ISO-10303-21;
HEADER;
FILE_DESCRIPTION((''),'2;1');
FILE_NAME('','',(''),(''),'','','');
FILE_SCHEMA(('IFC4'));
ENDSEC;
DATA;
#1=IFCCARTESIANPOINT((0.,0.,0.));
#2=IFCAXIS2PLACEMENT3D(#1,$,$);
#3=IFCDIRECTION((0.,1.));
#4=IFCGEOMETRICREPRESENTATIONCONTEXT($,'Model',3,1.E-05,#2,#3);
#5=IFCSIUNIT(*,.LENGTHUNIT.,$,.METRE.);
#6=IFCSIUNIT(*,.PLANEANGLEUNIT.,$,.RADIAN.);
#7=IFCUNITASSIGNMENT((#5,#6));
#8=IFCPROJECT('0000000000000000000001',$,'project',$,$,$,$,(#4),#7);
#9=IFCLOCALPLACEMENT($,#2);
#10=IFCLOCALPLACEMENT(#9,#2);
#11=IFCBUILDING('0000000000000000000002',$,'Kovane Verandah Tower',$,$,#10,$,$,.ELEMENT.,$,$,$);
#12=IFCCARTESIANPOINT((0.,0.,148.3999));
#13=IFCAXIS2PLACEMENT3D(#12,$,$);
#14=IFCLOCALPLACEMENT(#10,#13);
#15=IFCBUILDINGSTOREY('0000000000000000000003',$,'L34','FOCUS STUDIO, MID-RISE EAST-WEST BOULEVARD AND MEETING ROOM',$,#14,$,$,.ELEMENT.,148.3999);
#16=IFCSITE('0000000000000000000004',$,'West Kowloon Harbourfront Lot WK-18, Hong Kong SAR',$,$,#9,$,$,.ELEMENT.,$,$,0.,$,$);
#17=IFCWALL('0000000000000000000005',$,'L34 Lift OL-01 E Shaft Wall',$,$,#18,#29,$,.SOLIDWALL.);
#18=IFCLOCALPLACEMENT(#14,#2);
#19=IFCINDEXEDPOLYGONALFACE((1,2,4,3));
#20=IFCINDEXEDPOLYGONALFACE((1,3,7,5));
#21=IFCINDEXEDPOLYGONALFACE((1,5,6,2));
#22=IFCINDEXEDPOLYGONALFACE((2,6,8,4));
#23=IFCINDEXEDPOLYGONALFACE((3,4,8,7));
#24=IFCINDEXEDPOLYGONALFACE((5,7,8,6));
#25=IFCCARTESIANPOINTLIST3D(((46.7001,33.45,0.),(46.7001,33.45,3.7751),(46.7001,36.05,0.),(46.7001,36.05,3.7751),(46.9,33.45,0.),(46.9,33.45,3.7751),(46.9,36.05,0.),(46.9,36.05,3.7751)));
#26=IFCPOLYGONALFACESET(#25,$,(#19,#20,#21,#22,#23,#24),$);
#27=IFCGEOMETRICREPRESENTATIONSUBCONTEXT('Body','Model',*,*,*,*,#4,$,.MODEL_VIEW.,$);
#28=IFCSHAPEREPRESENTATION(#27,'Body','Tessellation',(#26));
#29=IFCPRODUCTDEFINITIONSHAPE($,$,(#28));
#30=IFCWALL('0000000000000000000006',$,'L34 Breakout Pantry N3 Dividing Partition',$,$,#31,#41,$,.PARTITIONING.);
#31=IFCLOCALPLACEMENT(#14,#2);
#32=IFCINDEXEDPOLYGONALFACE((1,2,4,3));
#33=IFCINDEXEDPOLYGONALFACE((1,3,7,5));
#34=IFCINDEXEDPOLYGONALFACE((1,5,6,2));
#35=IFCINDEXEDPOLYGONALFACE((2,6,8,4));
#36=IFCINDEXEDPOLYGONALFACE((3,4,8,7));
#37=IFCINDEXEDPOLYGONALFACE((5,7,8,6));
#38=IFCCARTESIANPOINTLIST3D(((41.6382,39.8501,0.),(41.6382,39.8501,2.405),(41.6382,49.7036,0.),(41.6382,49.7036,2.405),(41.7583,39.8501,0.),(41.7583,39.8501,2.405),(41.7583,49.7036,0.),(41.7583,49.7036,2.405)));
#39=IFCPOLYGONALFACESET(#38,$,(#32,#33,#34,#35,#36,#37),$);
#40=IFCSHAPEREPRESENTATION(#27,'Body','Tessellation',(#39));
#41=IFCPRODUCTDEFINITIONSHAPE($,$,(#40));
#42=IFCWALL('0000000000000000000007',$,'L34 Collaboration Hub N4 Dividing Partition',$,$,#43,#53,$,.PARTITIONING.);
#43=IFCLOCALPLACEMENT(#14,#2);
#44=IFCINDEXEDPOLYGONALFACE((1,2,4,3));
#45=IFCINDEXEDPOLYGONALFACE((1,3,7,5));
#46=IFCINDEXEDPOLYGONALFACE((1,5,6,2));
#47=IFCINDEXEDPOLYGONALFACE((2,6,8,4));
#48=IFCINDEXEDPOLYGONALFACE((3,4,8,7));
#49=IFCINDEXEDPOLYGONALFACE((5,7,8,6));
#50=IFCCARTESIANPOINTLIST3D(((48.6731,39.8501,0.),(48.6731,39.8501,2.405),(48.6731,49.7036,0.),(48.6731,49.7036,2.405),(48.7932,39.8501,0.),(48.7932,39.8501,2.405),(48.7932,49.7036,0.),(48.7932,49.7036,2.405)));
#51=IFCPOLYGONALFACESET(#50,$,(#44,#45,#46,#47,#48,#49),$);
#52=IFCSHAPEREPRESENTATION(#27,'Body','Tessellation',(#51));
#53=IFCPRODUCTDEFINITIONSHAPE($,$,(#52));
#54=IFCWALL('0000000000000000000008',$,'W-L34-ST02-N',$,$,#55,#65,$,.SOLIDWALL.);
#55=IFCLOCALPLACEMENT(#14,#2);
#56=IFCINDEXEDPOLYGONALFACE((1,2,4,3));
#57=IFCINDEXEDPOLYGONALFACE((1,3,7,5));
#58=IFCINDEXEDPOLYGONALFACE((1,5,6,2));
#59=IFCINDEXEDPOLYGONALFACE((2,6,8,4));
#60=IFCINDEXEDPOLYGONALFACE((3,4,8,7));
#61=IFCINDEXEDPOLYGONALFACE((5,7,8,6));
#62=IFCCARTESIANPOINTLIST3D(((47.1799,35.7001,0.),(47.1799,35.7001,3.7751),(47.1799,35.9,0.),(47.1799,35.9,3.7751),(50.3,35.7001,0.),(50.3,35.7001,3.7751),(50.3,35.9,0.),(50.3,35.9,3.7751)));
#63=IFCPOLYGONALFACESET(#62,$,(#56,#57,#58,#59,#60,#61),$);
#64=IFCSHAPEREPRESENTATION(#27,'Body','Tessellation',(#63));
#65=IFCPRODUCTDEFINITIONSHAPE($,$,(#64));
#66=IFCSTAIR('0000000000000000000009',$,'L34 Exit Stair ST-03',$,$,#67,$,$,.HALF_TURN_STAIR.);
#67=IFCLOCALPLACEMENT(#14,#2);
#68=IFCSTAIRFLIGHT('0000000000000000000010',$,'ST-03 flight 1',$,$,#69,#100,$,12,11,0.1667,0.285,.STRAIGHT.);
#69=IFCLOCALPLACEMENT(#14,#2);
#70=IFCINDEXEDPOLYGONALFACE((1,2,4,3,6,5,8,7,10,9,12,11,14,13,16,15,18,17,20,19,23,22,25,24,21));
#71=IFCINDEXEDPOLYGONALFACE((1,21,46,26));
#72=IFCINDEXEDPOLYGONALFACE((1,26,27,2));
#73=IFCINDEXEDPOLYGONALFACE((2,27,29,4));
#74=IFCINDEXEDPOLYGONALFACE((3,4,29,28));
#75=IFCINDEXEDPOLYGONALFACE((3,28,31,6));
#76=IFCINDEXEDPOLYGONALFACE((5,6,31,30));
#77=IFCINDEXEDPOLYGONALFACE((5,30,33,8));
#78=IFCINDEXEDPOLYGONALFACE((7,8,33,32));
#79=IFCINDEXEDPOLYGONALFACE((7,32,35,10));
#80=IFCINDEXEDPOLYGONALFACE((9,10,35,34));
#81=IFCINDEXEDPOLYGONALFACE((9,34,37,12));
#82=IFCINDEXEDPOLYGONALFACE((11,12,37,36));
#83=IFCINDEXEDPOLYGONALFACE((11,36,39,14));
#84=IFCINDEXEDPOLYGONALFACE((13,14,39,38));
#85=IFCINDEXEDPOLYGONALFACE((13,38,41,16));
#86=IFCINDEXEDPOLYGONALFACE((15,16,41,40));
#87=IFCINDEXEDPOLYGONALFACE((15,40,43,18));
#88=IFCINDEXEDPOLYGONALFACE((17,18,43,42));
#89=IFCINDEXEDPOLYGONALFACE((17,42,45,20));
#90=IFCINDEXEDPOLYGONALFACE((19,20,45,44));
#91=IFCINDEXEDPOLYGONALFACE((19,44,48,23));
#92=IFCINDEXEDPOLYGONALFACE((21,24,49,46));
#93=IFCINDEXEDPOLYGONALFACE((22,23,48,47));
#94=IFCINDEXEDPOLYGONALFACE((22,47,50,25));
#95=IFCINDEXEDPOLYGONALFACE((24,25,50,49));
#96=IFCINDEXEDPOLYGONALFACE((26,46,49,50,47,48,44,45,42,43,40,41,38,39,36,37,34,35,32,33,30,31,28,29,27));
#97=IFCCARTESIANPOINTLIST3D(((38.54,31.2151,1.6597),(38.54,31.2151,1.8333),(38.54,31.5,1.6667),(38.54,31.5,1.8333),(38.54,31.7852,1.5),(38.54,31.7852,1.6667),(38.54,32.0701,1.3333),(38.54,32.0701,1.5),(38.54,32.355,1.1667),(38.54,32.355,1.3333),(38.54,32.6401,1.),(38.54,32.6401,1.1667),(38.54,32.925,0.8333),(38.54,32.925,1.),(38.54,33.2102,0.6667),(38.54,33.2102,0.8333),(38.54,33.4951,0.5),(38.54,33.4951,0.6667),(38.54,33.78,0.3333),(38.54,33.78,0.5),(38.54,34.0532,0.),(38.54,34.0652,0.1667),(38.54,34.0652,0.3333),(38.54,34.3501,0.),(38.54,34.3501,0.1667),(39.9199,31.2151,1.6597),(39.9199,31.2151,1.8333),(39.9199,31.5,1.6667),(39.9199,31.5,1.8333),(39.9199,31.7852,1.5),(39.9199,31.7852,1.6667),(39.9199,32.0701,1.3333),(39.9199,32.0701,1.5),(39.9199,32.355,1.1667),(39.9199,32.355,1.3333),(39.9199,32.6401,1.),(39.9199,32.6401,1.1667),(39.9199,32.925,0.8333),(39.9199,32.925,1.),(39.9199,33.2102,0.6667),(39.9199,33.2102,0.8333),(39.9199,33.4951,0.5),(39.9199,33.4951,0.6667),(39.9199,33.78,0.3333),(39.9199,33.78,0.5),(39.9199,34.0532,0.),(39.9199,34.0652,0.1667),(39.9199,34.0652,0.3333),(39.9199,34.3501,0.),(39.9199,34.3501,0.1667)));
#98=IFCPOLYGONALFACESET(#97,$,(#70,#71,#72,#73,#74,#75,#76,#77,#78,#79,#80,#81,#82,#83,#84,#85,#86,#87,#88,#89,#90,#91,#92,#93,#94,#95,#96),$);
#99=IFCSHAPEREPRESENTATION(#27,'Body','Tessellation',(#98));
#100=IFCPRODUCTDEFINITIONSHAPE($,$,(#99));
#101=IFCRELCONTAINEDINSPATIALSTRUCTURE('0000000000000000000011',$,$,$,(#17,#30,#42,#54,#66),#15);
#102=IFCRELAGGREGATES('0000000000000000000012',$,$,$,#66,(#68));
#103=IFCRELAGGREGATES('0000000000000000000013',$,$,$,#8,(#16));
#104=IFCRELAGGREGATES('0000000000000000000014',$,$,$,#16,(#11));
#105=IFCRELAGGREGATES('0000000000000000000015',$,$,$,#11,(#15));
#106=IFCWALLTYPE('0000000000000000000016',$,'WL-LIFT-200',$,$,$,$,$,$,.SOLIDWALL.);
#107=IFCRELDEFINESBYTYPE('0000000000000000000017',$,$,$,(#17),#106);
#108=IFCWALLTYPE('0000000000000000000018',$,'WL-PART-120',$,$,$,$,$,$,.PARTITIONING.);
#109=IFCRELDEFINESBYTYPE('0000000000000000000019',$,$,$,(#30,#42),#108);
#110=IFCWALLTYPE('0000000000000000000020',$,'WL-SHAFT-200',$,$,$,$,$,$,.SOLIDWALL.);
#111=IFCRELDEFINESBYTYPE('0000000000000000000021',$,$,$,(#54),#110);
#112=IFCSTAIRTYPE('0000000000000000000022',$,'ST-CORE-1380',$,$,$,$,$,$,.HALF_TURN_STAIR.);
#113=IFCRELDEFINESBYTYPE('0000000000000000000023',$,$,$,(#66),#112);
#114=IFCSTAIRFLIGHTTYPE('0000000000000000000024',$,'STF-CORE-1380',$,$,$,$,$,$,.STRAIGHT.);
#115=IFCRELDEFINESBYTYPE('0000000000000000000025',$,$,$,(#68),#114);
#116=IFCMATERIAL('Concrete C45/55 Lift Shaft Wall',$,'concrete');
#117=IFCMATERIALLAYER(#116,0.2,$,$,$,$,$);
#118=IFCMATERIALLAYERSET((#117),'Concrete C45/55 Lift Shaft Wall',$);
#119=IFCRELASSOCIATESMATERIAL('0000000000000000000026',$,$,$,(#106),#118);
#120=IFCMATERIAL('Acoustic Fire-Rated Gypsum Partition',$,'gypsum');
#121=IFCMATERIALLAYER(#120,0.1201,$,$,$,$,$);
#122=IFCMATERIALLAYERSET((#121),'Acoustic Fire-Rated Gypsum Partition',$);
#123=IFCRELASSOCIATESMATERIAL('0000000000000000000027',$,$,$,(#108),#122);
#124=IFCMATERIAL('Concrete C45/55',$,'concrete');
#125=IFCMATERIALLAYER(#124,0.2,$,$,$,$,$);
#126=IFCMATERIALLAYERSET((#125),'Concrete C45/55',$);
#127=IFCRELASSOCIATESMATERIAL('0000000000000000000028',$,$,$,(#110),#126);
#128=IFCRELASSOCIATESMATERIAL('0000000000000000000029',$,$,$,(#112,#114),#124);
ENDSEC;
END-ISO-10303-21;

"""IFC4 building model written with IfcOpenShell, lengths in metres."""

from ifc_helpers import new_model, si_unit, direction, frame, frame_2d, origin, place, context, subcontext, project, spatial, polyline, rectangle, outline, extrude, material, layer, layer_set, type_object, element, aggregate, save


model = new_model("IFC4")

# Units and contexts
model_context = context("Model", 3, precision=1e-05, world=origin(), true_north=direction((0.0, 1.0)))
body_context = subcontext(model_context, "Body", "Model", "MODEL_VIEW")
ifc_project = project(units=[si_unit("LENGTHUNIT", "METRE"), si_unit("PLANEANGLEUNIT", "RADIAN")], contexts=[model_context])

# Site, building, storey
site_placement = place(None, origin())
site = spatial("IfcSite", under=ifc_project, at=site_placement, Name="West Kowloon Harbourfront Lot WK-18, Hong Kong SAR", CompositionType="ELEMENT", RefElevation=0.0)
building_placement = place(site_placement, origin())
building = spatial("IfcBuilding", under=site, at=building_placement, Name="Kovane Verandah Tower", CompositionType="ELEMENT")
storey_placement = place(building_placement, frame((0.0, 0.0, 148.3999)))
storey = spatial("IfcBuildingStorey", under=building, at=storey_placement, Name="L34", Description="FOCUS STUDIO, MID-RISE EAST-WEST BOULEVARD AND MEETING ROOM", CompositionType="ELEMENT", Elevation=148.3999)

# Walls
ifc_material_1 = material(Name="Concrete C45/55 Lift Shaft Wall", Category="concrete")
ifc_layer_1 = layer(ifc_material_1, 0.2)
ifc_layer_set_1 = layer_set([ifc_layer_1], Name="Concrete C45/55 Lift Shaft Wall")
wall_type_1 = type_object("IfcWallType", Name="WL-LIFT-200", PredefinedType="SOLIDWALL", material=ifc_layer_set_1)
wall_1_placement = place(storey_placement, frame((46.8, 33.45, 0.0), z_axis=(0.0, 0.0, 1.0), x_axis=(0.0, 1.0, 0.0)))
element("IfcWall", 1, at=wall_1_placement, inside=storey, type_object=wall_type_1, Name="L34 Lift OL-01 E Shaft Wall", PredefinedType="SOLIDWALL", context=body_context, shape_type="SweptSolid", body=[
    extrude(rectangle(XDim=2.6001, YDim=0.2, at=frame_2d((1.3, 0.0))), origin(), (0.0, 0.0, 1.0), 3.7751),
])
ifc_material_2 = material(Name="Acoustic Fire-Rated Gypsum Partition", Category="gypsum")
ifc_layer_2 = layer(ifc_material_2, 0.1201)
ifc_layer_set_2 = layer_set([ifc_layer_2], Name="Acoustic Fire-Rated Gypsum Partition")
wall_type_2 = type_object("IfcWallType", Name="WL-PART-120", PredefinedType="PARTITIONING", material=ifc_layer_set_2)
for number, where, z_axis, x_axis, name in (
    (2, (41.6982, 39.8501, 0.0), (0.0, 0.0, 1.0), (0.0, 1.0, 0.0), "L34 Breakout Pantry N3 Dividing Partition"),
    (3, (48.7332, 39.8501, 0.0), (0.0, 0.0, 1.0), (0.0, 1.0, 0.0), "L34 Collaboration Hub N4 Dividing Partition"),
):
    element("IfcWall", number, at=place(storey_placement, frame(where, z_axis=z_axis, x_axis=x_axis)), inside=storey, type_object=wall_type_2, Name=name, PredefinedType="PARTITIONING", context=body_context, shape_type="SweptSolid", body=[
        extrude(rectangle(XDim=9.8535, YDim=0.1201, at=frame_2d((4.9268, 0.0))), origin(), (0.0, 0.0, 1.0), 2.405),
    ])
ifc_material_3 = material(Name="Concrete C45/55", Category="concrete")
ifc_layer_3 = layer(ifc_material_3, 0.2)
ifc_layer_set_3 = layer_set([ifc_layer_3], Name="Concrete C45/55")
wall_type_3 = type_object("IfcWallType", Name="WL-SHAFT-200", PredefinedType="SOLIDWALL", material=ifc_layer_set_3)
wall_2_placement = place(storey_placement, frame((47.1799, 35.8, 0.0), z_axis=(0.0, 0.0, 1.0), x_axis=(1.0, 0.0, 0.0)))
element("IfcWall", 4, at=wall_2_placement, inside=storey, type_object=wall_type_3, Name="W-L34-ST02-N", PredefinedType="SOLIDWALL", context=body_context, shape_type="SweptSolid", body=[
    extrude(rectangle(XDim=3.1201, YDim=0.2, at=frame_2d((1.5601, 0.0))), origin(), (0.0, 0.0, 1.0), 3.7751),
])

# Stair, stair flight
stair_type = type_object("IfcStairType", Name="ST-CORE-1380", PredefinedType="HALF_TURN_STAIR", material=ifc_material_3)
stair_placement = place(storey_placement, origin())
stair = element("IfcStair", 5, at=stair_placement, inside=storey, type_object=stair_type, Name="L34 Exit Stair ST-03", PredefinedType="HALF_TURN_STAIR")
stair_flight_type = type_object("IfcStairFlightType", Name="STF-CORE-1380", PredefinedType="STRAIGHT", material=ifc_material_3)
stair_flight_placement = place(storey_placement, frame((39.23, 34.3501, 0.0), z_axis=(0.0, 0.0, 1.0), x_axis=(0.0, -1.0, 0.0)))
stair_flight = element("IfcStairFlight", 6, at=stair_flight_placement, type_object=stair_flight_type, Name="ST-03 flight 1", NumberOfRisers=12, NumberOfTreads=11, PredefinedType="STRAIGHT", RiserHeight=0.1667, TreadLength=0.285, context=body_context, shape_type="SweptSolid", body=[
    extrude(outline(polyline([(0.0, 0.0), (0.0, 0.1667), (0.2849, 0.1667), (0.2849, 0.3333), (0.5701, 0.3333), (0.5701, 0.5), (0.855, 0.5), (0.855, 0.6667), (1.1399, 0.6667), (1.1399, 0.8333), (1.425, 0.8333), (1.425, 1.0), (1.71, 1.0), (1.71, 1.1667), (1.9951, 1.1667), (1.9951, 1.3333), (2.28, 1.3333), (2.28, 1.5), (2.5649, 1.5), (2.5649, 1.6667), (2.8501, 1.6667), (2.8501, 1.8333), (3.135, 1.8333), (3.135, 2.0), (3.135, 1.6597), (0.2969, 0.0), (0.0, 0.0)])), frame((0.0, 0.6899, 0.0), z_axis=(0.0, -1.0, 0.0), x_axis=(1.0, 0.0, 0.0)), (0.0, 0.0, 1.0), 1.3799),
])
aggregate(stair, [stair_flight])

save(model, "model.ifc")
